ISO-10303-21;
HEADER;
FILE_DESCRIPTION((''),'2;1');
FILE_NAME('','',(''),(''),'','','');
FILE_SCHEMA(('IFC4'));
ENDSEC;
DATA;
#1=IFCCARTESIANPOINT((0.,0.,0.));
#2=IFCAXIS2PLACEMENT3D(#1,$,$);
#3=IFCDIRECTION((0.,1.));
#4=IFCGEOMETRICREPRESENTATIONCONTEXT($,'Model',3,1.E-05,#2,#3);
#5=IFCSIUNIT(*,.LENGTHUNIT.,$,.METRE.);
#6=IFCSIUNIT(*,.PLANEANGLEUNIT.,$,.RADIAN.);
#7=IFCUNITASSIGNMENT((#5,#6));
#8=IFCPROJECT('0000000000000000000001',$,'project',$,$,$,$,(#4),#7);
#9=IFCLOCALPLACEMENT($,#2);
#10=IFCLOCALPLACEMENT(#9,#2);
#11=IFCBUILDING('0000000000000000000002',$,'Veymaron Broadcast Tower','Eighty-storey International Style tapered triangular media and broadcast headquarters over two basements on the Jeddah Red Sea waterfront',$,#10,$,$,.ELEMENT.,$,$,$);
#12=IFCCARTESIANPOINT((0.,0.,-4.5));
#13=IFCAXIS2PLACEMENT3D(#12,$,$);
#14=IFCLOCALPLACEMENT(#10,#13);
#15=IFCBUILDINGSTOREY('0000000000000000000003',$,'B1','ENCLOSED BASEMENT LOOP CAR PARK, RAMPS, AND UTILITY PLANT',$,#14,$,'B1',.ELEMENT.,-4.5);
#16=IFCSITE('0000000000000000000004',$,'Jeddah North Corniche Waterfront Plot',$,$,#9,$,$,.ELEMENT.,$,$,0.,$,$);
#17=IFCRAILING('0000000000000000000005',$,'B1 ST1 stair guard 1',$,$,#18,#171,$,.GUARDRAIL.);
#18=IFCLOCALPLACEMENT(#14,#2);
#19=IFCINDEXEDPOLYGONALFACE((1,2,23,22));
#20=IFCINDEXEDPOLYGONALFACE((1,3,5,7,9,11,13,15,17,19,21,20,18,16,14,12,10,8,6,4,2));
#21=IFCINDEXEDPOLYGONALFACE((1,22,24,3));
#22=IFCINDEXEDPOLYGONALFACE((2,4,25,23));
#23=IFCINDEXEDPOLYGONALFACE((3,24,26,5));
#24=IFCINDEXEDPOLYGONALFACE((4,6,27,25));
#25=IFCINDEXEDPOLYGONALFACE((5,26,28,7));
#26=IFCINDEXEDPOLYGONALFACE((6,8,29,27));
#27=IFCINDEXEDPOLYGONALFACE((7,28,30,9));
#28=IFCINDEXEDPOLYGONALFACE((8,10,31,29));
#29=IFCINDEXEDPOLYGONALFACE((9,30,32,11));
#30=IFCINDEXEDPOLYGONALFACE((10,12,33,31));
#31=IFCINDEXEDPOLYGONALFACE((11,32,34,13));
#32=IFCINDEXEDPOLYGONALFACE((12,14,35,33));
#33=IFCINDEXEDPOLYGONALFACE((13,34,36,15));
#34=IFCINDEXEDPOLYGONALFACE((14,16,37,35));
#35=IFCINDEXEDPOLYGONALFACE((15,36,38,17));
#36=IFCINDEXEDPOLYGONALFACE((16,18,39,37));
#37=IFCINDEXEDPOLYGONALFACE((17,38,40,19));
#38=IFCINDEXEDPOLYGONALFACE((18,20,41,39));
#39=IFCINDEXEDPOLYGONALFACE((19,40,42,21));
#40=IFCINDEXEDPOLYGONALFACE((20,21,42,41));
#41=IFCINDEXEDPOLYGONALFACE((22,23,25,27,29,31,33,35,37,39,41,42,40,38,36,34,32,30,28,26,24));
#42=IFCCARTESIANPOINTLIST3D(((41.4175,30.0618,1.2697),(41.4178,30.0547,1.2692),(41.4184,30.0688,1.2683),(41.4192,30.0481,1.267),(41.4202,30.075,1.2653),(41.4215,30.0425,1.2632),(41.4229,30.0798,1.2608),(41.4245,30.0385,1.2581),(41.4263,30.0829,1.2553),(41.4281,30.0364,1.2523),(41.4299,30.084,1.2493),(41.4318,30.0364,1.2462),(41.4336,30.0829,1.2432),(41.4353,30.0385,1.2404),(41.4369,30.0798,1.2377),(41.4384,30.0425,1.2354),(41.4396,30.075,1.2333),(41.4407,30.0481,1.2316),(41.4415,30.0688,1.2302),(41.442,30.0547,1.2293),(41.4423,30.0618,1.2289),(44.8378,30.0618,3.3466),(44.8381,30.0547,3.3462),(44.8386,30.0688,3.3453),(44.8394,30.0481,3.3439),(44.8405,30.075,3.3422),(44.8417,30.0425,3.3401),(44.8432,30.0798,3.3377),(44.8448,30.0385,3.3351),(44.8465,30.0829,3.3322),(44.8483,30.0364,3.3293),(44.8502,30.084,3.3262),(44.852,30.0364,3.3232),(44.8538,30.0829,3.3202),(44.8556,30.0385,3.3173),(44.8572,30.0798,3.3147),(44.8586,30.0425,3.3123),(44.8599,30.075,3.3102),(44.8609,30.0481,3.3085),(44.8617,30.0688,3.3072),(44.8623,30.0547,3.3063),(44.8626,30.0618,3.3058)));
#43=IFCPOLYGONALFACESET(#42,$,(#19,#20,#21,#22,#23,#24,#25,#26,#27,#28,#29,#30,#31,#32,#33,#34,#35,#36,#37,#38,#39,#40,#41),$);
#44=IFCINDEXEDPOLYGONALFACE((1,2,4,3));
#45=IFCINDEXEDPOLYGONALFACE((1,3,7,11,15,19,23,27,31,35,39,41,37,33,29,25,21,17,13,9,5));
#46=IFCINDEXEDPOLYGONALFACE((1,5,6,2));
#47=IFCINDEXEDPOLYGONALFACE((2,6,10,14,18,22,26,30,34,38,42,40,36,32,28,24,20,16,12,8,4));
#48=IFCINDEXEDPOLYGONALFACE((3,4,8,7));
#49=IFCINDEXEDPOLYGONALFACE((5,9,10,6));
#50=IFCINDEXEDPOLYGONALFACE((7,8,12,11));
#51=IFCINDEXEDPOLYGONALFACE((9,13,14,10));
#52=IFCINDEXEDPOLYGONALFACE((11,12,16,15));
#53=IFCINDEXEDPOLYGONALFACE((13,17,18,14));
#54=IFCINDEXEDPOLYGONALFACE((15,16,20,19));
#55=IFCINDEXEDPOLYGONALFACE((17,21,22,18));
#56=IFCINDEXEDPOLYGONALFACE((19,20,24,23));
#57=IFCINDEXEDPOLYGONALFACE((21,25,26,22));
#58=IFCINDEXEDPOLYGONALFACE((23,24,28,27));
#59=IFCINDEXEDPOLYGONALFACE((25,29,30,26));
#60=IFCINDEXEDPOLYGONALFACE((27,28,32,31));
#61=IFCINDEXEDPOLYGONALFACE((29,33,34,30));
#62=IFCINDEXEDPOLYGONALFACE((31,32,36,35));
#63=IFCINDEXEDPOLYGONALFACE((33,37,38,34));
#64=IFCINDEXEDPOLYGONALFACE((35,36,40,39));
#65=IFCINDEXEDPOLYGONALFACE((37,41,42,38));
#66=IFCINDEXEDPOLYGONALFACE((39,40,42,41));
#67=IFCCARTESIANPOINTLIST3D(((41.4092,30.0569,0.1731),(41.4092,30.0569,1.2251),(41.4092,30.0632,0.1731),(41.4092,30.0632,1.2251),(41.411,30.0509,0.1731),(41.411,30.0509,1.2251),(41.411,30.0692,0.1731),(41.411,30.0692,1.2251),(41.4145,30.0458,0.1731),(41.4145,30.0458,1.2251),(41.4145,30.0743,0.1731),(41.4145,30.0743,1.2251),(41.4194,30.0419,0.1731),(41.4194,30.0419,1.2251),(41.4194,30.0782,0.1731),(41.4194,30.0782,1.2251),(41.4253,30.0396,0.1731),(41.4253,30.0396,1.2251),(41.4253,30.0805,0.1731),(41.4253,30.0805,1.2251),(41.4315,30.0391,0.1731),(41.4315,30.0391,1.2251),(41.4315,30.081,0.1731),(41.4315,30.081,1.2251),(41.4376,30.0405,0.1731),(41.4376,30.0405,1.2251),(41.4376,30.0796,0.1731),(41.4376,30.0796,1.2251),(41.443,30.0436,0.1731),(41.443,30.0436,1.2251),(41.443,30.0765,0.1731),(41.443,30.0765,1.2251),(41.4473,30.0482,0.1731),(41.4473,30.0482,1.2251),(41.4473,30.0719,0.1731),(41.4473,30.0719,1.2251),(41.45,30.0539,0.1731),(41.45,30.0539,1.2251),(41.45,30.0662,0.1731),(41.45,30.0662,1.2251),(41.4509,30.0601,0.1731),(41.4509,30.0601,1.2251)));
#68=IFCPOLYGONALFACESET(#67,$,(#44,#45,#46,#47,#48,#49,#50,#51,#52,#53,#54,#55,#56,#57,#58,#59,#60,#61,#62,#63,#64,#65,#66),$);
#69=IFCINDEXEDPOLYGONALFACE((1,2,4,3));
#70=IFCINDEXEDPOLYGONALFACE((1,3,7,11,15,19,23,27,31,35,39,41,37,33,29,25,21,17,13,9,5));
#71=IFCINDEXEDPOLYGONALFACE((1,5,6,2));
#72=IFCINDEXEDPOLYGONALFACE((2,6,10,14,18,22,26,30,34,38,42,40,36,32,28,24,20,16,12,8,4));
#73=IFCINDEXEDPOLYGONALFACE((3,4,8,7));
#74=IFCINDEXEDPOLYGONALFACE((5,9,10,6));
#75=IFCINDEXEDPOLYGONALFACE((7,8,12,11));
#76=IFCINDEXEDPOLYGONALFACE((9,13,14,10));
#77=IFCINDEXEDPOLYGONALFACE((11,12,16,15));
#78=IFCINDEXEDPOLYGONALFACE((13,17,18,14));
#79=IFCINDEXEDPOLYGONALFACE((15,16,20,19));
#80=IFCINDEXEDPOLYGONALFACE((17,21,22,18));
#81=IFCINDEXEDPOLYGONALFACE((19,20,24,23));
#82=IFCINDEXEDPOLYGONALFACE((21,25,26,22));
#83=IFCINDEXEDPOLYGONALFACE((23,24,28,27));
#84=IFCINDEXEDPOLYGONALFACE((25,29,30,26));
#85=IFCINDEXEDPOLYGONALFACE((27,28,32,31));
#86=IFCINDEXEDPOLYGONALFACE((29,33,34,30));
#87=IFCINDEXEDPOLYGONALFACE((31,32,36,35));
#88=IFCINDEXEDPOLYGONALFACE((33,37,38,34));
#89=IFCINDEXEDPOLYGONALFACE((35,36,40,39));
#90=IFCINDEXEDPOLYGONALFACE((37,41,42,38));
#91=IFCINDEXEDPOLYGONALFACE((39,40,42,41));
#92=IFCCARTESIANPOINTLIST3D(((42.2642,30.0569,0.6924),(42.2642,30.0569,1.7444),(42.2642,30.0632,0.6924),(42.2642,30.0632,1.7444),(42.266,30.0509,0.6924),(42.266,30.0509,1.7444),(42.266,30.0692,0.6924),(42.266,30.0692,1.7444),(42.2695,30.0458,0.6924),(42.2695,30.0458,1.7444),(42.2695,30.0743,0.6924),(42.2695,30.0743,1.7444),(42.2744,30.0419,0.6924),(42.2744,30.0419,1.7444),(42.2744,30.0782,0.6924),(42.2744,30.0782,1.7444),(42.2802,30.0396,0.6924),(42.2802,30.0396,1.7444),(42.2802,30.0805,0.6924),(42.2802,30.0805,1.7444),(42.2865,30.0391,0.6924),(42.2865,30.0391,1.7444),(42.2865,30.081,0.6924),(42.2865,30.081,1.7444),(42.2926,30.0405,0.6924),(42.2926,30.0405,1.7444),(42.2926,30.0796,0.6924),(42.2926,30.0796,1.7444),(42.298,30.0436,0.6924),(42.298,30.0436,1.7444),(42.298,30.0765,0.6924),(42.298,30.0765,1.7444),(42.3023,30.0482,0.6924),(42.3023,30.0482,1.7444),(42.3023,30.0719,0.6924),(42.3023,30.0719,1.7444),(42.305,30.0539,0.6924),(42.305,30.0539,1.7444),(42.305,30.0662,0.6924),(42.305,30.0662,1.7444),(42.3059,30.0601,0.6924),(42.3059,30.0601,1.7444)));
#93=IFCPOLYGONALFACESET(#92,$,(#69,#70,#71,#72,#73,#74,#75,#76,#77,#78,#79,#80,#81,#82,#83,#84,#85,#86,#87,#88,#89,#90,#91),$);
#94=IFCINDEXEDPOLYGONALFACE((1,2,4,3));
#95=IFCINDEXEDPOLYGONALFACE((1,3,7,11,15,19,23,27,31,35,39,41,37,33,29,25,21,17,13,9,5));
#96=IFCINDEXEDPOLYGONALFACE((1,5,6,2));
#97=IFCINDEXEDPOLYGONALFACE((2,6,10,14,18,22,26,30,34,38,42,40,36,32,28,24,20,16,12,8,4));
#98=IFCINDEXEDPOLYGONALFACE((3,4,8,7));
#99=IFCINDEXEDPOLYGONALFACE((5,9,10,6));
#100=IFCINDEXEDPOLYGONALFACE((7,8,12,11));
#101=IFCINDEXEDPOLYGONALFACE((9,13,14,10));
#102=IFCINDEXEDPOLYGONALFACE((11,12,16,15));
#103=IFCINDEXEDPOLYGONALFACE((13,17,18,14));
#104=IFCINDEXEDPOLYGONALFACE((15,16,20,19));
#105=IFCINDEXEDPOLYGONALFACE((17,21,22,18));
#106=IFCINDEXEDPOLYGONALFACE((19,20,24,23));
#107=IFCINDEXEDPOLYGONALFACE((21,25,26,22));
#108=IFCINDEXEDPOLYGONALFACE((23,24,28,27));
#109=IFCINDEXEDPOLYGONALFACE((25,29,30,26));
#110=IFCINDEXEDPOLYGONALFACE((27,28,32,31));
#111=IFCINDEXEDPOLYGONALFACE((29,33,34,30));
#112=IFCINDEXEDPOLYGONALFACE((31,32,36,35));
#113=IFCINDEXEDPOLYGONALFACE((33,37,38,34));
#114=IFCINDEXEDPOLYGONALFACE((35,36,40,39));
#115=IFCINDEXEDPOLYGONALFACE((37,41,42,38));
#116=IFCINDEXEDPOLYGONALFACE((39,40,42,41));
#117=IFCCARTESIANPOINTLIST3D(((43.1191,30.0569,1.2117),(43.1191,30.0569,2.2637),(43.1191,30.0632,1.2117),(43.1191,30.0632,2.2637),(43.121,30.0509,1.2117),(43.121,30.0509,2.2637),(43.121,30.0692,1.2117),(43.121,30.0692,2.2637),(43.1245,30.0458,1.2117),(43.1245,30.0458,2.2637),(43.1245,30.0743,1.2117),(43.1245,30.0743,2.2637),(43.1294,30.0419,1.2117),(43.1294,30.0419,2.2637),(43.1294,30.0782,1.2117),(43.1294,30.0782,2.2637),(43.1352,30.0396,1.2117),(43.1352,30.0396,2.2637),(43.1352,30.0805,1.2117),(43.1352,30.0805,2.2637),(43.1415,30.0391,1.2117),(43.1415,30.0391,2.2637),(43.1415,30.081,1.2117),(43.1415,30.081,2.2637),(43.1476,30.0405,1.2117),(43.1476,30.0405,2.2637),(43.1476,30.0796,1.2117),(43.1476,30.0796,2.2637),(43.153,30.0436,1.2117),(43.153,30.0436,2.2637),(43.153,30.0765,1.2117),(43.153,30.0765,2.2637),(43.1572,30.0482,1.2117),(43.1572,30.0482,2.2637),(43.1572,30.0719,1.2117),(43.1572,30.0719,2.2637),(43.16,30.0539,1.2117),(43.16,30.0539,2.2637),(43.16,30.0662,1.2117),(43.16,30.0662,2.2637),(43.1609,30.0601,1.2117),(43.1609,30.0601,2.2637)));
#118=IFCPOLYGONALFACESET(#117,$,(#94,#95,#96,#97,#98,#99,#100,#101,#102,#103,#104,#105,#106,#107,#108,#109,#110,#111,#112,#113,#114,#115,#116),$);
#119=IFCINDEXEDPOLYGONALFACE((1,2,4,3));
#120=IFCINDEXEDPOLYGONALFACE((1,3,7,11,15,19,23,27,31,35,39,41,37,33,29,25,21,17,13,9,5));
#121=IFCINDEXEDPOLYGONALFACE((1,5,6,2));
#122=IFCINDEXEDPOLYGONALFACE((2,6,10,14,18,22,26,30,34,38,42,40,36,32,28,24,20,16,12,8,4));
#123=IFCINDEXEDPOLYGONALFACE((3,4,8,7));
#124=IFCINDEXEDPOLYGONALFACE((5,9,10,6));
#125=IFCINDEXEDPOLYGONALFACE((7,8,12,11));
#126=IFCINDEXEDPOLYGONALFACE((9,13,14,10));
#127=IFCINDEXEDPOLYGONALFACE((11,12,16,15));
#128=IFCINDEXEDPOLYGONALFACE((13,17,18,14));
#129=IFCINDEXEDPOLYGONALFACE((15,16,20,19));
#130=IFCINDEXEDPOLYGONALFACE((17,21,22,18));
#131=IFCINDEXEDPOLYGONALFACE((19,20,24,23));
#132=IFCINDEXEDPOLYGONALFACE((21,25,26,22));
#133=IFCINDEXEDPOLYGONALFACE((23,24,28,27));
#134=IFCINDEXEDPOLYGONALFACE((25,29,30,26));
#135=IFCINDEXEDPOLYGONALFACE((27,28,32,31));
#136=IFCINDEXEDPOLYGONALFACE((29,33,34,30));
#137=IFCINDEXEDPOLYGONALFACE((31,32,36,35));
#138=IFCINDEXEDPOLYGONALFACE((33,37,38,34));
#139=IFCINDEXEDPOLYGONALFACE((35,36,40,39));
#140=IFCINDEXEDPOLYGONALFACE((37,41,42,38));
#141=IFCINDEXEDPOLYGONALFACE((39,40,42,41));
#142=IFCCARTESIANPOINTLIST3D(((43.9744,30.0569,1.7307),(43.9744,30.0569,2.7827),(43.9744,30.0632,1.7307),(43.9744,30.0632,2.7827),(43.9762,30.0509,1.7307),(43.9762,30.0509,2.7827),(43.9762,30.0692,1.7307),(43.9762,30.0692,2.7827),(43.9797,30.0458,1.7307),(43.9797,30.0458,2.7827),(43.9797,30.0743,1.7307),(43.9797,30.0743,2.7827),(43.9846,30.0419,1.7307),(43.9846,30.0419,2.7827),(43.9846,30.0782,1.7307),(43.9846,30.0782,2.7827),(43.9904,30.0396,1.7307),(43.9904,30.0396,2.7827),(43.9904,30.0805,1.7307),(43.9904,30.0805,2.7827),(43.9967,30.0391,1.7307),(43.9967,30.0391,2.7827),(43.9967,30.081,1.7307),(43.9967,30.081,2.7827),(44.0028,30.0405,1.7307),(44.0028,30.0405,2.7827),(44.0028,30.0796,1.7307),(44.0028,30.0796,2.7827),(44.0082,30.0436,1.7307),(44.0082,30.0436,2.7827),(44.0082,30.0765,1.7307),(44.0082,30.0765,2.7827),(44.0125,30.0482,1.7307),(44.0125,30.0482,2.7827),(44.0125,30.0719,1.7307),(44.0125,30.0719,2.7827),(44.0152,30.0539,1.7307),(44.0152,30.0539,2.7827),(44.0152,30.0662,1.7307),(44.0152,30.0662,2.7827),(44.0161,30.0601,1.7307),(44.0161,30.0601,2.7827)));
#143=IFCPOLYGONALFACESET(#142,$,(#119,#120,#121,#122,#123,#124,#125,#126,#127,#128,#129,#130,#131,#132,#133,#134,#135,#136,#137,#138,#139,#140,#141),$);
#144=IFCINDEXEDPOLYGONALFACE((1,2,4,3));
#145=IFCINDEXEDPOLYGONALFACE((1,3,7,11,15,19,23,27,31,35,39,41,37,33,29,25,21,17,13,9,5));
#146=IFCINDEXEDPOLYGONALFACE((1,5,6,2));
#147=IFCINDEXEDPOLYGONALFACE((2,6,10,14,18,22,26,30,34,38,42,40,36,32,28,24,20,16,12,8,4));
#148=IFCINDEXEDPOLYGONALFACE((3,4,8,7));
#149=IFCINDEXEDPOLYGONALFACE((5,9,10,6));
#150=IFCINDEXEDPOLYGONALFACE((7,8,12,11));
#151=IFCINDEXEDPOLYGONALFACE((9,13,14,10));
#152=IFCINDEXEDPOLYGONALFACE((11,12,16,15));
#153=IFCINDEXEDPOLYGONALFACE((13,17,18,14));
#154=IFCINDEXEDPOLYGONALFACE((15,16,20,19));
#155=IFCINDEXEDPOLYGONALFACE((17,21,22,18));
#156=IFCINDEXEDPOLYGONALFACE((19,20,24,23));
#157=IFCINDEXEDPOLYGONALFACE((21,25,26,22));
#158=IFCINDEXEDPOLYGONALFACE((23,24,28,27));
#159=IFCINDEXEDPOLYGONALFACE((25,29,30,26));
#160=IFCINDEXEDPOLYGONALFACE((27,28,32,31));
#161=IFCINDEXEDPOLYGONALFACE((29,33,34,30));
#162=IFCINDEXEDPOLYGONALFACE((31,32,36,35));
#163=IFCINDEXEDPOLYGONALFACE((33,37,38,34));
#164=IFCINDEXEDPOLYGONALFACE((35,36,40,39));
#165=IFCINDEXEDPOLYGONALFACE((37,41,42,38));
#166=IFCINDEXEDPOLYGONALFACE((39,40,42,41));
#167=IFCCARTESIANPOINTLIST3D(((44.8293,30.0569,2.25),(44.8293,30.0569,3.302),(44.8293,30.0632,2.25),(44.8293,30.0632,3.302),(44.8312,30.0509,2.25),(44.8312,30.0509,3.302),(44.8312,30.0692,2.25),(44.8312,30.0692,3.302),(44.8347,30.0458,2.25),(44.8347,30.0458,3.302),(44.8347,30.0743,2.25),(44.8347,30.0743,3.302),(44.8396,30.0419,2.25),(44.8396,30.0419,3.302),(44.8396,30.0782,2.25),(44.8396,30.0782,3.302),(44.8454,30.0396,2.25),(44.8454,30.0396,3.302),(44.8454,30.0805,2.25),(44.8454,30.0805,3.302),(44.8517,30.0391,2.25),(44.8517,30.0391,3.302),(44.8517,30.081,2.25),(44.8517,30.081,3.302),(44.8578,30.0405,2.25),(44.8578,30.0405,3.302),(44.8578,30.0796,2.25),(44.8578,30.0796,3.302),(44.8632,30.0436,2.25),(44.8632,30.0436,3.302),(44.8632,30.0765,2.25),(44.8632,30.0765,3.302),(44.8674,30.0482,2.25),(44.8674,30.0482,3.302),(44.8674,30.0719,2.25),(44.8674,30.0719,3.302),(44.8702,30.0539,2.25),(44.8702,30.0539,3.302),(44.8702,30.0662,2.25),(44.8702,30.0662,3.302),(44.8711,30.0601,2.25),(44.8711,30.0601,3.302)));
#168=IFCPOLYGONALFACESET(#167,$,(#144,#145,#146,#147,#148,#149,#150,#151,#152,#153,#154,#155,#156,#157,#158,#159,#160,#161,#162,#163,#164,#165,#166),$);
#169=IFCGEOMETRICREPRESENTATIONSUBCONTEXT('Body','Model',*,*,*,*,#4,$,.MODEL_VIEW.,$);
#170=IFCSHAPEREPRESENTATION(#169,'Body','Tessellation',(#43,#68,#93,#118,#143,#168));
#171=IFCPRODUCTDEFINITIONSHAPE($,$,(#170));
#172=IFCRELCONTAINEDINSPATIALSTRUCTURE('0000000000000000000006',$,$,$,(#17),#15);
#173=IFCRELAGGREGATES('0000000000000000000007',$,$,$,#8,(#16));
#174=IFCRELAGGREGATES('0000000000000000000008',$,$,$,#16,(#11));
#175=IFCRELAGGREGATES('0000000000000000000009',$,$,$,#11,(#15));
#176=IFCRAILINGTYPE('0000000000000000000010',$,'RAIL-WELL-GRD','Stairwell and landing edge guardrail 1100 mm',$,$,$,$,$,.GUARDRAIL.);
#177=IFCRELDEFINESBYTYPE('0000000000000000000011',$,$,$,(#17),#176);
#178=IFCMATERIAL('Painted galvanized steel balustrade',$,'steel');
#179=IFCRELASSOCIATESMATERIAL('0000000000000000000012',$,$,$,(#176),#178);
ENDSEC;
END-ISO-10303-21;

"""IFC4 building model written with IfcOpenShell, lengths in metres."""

from ifc_helpers import new_model, si_unit, direction, frame, origin, origin_2d, place, context, subcontext, project, spatial, circle, extrude, material, type_object, element, save


model = new_model("IFC4")

# Units and contexts
model_context = context("Model", 3, precision=1e-05, world=origin(), true_north=direction((0.0, 1.0)))
body_context = subcontext(model_context, "Body", "Model", "MODEL_VIEW")
ifc_project = project(units=[si_unit("LENGTHUNIT", "METRE"), si_unit("PLANEANGLEUNIT", "RADIAN")], contexts=[model_context])

# Site, building, storey
site_placement = place(None, origin())
site = spatial("IfcSite", under=ifc_project, at=site_placement, Name="Jeddah North Corniche Waterfront Plot", CompositionType="ELEMENT", RefElevation=0.0)
building_placement = place(site_placement, origin())
building = spatial("IfcBuilding", under=site, at=building_placement, Name="Veymaron Broadcast Tower", Description="Eighty-storey International Style tapered triangular media and broadcast headquarters over two basements on the Jeddah Red Sea waterfront", CompositionType="ELEMENT")
storey_placement = place(building_placement, frame((0.0, 0.0, -4.5)))
storey = spatial("IfcBuildingStorey", under=building, at=storey_placement, Name="B1", Description="ENCLOSED BASEMENT LOOP CAR PARK, RAMPS, AND UTILITY PLANT", LongName="B1", CompositionType="ELEMENT", Elevation=-4.5)

# Railing
ifc_material_1 = material(Name="Painted galvanized steel balustrade", Category="steel")
railing_type_1 = type_object("IfcRailingType", Name="RAIL-WELL-GRD", Description="Stairwell and landing edge guardrail 1100 mm", PredefinedType="GUARDRAIL", material=ifc_material_1)
railing_1_placement = place(storey_placement, frame((41.4299, 30.0601, 0.1731)))
element("IfcRailing", 1, at=railing_1_placement, inside=storey, type_object=railing_type_1, Name="B1 ST1 stair guard 1", PredefinedType="GUARDRAIL", context=body_context, shape_type="SweptSolid", body=[
    extrude(circle(Radius=0.0239, at=origin_2d()), frame((0.0, 0.0, 1.0762), z_axis=(0.854746, 0.0, 0.519047), x_axis=(0.0, 1.0, 0.0)), (0.0, 0.0, 1.0), 4.0015),
    extrude(circle(Radius=0.021, at=origin_2d()), origin(), (0.0, 0.0, 1.0), 1.052),
    extrude(circle(Radius=0.021, at=origin_2d()), frame((0.855, 0.0, 0.5193)), (0.0, 0.0, 1.0), 1.052),
    extrude(circle(Radius=0.021, at=origin_2d()), frame((1.71, 0.0, 1.0386)), (0.0, 0.0, 1.0), 1.052),
    extrude(circle(Radius=0.021, at=origin_2d()), frame((2.5652, 0.0, 1.5576)), (0.0, 0.0, 1.0), 1.052),
    extrude(circle(Radius=0.021, at=origin_2d()), frame((3.4202, 0.0, 2.0769)), (0.0, 0.0, 1.0), 1.052),
])

save(model, "model.ifc")
